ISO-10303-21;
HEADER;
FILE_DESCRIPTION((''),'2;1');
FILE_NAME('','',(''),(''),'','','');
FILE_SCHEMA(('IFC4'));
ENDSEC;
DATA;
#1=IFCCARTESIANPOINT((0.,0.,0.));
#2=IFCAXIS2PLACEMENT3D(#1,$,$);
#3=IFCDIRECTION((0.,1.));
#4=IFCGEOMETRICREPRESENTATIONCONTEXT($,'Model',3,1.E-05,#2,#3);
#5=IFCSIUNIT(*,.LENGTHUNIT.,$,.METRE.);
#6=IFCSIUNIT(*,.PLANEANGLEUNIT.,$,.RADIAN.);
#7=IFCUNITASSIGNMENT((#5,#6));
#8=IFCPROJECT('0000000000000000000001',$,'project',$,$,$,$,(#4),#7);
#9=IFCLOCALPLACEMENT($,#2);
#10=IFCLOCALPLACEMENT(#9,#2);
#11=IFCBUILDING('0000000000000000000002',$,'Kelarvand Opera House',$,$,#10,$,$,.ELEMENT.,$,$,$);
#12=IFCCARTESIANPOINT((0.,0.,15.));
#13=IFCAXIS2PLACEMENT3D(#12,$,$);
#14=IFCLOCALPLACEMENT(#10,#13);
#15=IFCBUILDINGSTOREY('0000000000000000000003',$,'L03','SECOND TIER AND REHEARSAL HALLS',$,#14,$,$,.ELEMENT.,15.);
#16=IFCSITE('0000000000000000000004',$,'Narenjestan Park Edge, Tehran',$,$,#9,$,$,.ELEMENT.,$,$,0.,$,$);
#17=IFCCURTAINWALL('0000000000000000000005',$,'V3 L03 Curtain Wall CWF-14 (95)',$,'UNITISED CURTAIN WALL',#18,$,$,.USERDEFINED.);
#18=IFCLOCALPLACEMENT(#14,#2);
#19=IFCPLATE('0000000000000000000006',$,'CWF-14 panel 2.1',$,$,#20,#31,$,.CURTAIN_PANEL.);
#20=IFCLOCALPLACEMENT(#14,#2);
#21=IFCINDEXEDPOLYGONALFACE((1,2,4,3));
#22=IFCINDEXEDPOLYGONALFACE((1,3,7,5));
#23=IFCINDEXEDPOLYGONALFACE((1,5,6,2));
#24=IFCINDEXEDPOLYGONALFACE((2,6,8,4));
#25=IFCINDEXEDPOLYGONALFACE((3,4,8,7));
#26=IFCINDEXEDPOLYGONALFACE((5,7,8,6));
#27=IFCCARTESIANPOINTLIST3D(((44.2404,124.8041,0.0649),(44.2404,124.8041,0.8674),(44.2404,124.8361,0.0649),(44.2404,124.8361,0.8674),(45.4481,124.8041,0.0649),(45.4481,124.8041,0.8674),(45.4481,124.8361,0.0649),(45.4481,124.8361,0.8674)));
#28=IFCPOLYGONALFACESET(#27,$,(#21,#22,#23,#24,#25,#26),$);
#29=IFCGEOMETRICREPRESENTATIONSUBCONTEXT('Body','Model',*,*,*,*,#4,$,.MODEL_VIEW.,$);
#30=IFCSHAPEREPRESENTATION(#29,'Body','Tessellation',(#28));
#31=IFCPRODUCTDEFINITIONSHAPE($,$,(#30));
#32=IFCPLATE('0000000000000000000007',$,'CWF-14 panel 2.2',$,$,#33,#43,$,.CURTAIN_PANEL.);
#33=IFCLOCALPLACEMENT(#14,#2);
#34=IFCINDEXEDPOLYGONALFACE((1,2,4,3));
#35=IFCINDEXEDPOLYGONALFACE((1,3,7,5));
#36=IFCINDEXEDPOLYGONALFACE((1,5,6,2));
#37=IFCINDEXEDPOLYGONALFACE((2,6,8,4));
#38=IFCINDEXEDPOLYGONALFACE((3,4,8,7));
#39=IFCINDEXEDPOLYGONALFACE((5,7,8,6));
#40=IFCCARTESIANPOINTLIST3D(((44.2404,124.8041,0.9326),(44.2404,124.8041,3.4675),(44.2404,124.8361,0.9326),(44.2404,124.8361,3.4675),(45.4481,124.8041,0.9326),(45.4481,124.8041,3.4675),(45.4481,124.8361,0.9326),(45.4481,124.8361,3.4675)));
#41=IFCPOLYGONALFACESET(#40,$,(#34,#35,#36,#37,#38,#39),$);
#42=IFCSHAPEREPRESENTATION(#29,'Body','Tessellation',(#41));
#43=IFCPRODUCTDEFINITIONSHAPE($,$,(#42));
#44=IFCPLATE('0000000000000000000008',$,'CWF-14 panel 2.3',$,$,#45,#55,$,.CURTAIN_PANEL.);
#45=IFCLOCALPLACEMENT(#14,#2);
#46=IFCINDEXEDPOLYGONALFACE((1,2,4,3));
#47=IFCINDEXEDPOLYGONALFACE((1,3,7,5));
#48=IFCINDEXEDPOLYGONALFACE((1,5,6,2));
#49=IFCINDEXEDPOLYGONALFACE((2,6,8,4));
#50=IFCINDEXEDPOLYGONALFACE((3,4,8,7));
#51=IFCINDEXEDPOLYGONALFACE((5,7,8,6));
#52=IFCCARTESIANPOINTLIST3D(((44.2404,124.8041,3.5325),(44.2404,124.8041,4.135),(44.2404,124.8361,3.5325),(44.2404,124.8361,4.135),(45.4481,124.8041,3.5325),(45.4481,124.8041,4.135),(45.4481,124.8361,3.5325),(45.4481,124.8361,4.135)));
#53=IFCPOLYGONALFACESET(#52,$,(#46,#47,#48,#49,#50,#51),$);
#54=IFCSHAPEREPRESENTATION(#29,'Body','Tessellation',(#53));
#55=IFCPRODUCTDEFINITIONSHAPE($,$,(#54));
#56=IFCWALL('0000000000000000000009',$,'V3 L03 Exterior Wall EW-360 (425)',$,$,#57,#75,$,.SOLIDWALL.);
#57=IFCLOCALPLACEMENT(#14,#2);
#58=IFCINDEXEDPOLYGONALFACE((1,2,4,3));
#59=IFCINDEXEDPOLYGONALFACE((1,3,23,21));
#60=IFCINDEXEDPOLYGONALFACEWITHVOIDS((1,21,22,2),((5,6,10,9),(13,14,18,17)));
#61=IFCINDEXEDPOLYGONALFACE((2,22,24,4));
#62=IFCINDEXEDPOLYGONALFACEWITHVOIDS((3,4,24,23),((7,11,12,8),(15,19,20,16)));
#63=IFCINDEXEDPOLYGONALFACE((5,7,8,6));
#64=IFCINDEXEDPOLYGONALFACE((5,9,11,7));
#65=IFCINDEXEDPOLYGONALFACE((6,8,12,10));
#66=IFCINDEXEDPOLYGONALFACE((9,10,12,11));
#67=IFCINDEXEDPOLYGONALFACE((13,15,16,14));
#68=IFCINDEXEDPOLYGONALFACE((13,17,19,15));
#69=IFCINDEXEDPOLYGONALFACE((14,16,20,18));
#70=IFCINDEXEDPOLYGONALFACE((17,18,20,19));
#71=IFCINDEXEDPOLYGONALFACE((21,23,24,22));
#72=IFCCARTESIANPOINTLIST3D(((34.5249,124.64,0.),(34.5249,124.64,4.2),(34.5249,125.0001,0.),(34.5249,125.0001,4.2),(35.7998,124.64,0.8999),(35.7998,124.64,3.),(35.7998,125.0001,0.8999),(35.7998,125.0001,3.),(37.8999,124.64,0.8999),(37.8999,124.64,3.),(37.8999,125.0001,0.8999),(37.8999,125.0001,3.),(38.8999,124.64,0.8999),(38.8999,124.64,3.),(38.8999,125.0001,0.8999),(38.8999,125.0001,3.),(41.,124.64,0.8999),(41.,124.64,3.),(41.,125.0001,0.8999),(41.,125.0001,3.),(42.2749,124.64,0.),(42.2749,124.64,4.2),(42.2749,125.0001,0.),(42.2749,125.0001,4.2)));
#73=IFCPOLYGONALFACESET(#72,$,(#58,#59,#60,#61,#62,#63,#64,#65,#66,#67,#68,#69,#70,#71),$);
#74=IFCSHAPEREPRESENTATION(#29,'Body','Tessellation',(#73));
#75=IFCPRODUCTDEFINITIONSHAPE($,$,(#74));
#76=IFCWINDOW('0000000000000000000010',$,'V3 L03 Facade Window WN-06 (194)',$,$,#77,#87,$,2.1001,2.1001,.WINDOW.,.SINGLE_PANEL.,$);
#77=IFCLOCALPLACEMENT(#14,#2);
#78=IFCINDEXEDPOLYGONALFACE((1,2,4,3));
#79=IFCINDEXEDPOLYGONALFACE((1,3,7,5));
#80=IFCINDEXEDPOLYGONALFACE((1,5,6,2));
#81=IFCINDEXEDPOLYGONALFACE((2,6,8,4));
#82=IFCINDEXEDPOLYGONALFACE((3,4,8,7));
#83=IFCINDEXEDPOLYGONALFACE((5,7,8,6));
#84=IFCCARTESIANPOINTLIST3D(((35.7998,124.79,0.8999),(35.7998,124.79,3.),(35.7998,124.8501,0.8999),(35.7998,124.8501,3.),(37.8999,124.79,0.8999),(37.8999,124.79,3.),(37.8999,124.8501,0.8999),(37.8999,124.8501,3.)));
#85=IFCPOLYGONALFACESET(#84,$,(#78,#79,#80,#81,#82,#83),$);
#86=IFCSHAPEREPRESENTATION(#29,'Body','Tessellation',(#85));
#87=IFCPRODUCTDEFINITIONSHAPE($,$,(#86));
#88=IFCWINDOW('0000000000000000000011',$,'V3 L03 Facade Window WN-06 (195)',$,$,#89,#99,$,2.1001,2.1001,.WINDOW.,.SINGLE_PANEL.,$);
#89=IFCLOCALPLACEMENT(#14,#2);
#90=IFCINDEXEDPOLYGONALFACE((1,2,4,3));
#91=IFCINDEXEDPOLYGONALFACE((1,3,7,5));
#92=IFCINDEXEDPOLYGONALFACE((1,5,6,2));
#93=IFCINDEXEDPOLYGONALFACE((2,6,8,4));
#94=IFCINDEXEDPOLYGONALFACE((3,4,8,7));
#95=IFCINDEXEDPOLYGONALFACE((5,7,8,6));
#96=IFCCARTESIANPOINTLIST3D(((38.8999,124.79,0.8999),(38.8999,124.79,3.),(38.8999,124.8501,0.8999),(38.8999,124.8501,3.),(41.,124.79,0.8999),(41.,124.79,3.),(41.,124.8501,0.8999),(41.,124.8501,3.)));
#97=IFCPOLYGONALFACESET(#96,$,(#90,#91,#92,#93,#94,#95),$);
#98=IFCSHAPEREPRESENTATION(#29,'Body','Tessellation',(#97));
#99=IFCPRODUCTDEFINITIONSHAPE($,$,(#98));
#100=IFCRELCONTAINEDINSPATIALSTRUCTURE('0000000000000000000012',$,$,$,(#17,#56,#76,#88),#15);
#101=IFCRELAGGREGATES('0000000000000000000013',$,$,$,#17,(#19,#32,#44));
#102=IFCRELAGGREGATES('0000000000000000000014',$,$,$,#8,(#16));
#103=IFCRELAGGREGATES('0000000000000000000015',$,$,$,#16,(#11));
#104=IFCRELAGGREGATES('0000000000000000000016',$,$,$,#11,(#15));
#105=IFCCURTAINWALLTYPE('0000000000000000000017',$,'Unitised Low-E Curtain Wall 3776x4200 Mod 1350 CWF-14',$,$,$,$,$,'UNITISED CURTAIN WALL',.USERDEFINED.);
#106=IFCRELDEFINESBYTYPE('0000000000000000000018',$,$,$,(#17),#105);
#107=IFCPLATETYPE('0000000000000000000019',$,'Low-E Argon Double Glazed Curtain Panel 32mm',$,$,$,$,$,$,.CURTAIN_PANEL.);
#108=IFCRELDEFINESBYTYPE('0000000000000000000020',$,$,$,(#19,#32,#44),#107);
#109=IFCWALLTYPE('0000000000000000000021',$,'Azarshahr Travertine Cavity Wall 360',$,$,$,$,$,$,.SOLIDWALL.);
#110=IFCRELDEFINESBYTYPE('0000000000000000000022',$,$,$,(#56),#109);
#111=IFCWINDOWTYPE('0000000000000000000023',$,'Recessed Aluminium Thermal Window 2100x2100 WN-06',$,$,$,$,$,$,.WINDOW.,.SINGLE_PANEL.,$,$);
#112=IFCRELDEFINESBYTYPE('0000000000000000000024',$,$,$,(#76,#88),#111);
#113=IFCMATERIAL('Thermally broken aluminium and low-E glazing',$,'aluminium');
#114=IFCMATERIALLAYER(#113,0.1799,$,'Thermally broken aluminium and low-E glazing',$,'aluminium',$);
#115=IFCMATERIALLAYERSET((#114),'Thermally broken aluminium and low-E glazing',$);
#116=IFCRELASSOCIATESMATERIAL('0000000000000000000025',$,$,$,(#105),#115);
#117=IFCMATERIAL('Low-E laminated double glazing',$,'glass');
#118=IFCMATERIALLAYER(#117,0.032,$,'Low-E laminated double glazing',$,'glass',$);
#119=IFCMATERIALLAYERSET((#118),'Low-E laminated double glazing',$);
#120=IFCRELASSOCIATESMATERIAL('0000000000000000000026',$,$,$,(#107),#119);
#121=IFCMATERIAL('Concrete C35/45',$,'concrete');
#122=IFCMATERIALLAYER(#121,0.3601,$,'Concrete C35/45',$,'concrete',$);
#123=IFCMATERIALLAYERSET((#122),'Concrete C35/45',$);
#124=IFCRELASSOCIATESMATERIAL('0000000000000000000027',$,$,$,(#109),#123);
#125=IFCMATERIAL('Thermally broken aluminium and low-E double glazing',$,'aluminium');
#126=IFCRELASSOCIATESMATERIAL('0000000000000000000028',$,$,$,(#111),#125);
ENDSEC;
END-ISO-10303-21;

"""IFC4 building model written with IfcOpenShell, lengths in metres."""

from ifc_helpers import new_model, si_unit, direction, frame, frame_2d, origin, origin_2d, place, context, subcontext, project, spatial, rectangle, extrude, material, layer, layer_set, type_object, element, fill, aggregate, save


model = new_model("IFC4")

# Units and contexts
model_context = context("Model", 3, precision=1e-05, world=origin(), true_north=direction((0.0, 1.0)))
body_context = subcontext(model_context, "Body", "Model", "MODEL_VIEW")
ifc_project = project(units=[si_unit("LENGTHUNIT", "METRE"), si_unit("PLANEANGLEUNIT", "RADIAN")], contexts=[model_context])

# Site, building, storey
site_placement = place(None, origin())
site = spatial("IfcSite", under=ifc_project, at=site_placement, Name="Narenjestan Park Edge, Tehran", CompositionType="ELEMENT", RefElevation=0.0)
building_placement = place(site_placement, origin())
building = spatial("IfcBuilding", under=site, at=building_placement, Name="Kelarvand Opera House", CompositionType="ELEMENT")
storey_placement = place(building_placement, frame((0.0, 0.0, 15.0)))
storey = spatial("IfcBuildingStorey", under=building, at=storey_placement, Name="L03", Description="SECOND TIER AND REHEARSAL HALLS", CompositionType="ELEMENT", Elevation=15.0)

# Curtain wall
ifc_material_1 = material(Name="Thermally broken aluminium and low-E glazing", Category="aluminium")
ifc_layer_1 = layer(ifc_material_1, 0.1799, Name="Thermally broken aluminium and low-E glazing", Category="aluminium")
ifc_layer_set_1 = layer_set([ifc_layer_1], Name="Thermally broken aluminium and low-E glazing")
curtain_wall_type_1 = type_object("IfcCurtainWallType", Name="Unitised Low-E Curtain Wall 3776x4200 Mod 1350 CWF-14", ElementType="UNITISED CURTAIN WALL", PredefinedType="USERDEFINED", material=ifc_layer_set_1)
curtain_wall_1_placement = place(storey_placement, origin())
curtain_wall_1 = element("IfcCurtainWall", 1, at=curtain_wall_1_placement, inside=storey, type_object=curtain_wall_type_1, Name="V3 L03 Curtain Wall CWF-14 (95)", ObjectType="UNITISED CURTAIN WALL", PredefinedType="USERDEFINED")

# Plates
ifc_material_2 = material(Name="Low-E laminated double glazing", Category="glass")
ifc_layer_2 = layer(ifc_material_2, 0.032, Name="Low-E laminated double glazing", Category="glass")
ifc_layer_set_2 = layer_set([ifc_layer_2], Name="Low-E laminated double glazing")
plate_type = type_object("IfcPlateType", Name="Low-E Argon Double Glazed Curtain Panel 32mm", PredefinedType="CURTAIN_PANEL", material=ifc_layer_set_2)
plate_1_placement = place(storey_placement, frame((44.8442, 124.8201, 0.0649), z_axis=(0.0, 0.0, 1.0), x_axis=(1.0, 0.0, 0.0)))
plate_1 = element("IfcPlate", 2, at=plate_1_placement, type_object=plate_type, Name="CWF-14 panel 2.1", PredefinedType="CURTAIN_PANEL", context=body_context, shape_type="SweptSolid", body=[
    extrude(rectangle(XDim=1.2078, YDim=0.032, at=origin_2d()), origin(), (0.0, 0.0, 1.0), 0.8025),
])
plate_2_placement = place(storey_placement, frame((44.8442, 124.8201, 0.9326), z_axis=(0.0, 0.0, 1.0), x_axis=(1.0, 0.0, 0.0)))
plate_2 = element("IfcPlate", 3, at=plate_2_placement, type_object=plate_type, Name="CWF-14 panel 2.2", PredefinedType="CURTAIN_PANEL", context=body_context, shape_type="SweptSolid", body=[
    extrude(rectangle(XDim=1.2078, YDim=0.032, at=origin_2d()), origin(), (0.0, 0.0, 1.0), 2.5349),
])
plate_3_placement = place(storey_placement, frame((44.8442, 124.8201, 3.5325), z_axis=(0.0, 0.0, 1.0), x_axis=(1.0, 0.0, 0.0)))
plate_3 = element("IfcPlate", 4, at=plate_3_placement, type_object=plate_type, Name="CWF-14 panel 2.3", PredefinedType="CURTAIN_PANEL", context=body_context, shape_type="SweptSolid", body=[
    extrude(rectangle(XDim=1.2078, YDim=0.032, at=origin_2d()), origin(), (0.0, 0.0, 1.0), 0.6025),
])
aggregate(curtain_wall_1, [plate_1, plate_2, plate_3])

# Wall, openings, windows
ifc_material_3 = material(Name="Concrete C35/45", Category="concrete")
ifc_layer_3 = layer(ifc_material_3, 0.3601, Name="Concrete C35/45", Category="concrete")
ifc_layer_set_3 = layer_set([ifc_layer_3], Name="Concrete C35/45")
wall_type = type_object("IfcWallType", Name="Azarshahr Travertine Cavity Wall 360", PredefinedType="SOLIDWALL", material=ifc_layer_set_3)
wall_placement = place(storey_placement, frame((34.5249, 124.8201, 0.0), z_axis=(0.0, 0.0, 1.0), x_axis=(1.0, 0.0, 0.0)))
wall = element("IfcWall", 5, at=wall_placement, inside=storey, type_object=wall_type, Name="V3 L03 Exterior Wall EW-360 (425)", PredefinedType="SOLIDWALL", context=body_context, shape_type="SweptSolid", body=[
    extrude(rectangle(XDim=7.75, YDim=0.3601, at=frame_2d((3.875, 0.0))), origin(), (0.0, 0.0, 1.0), 4.2),
])
opening_1_placement = place(wall_placement, frame((1.2749, 0.0, 0.8999)))
opening_1 = element("IfcOpeningElement", 6, at=opening_1_placement, cuts=wall, PredefinedType="OPENING", context=body_context, shape_type="SweptSolid", body=[
    extrude(rectangle(XDim=2.1001, YDim=2.1001, at=frame_2d((1.05, 1.05))), frame((0.0, 0.1899, 0.0), z_axis=(0.0, -1.0, 0.0), x_axis=(1.0, 0.0, 0.0)), (0.0, 0.0, 1.0), 0.3801),
])
opening_2_placement = place(wall_placement, frame((4.375, 0.0, 0.8999)))
opening_2 = element("IfcOpeningElement", 7, at=opening_2_placement, cuts=wall, PredefinedType="OPENING", context=body_context, shape_type="SweptSolid", body=[
    extrude(rectangle(XDim=2.1001, YDim=2.1001, at=frame_2d((1.05, 1.05))), frame((0.0, 0.1899, 0.0), z_axis=(0.0, -1.0, 0.0), x_axis=(1.0, 0.0, 0.0)), (0.0, 0.0, 1.0), 0.3801),
])
ifc_material_4 = material(Name="Thermally broken aluminium and low-E double glazing", Category="aluminium")
window_type = type_object("IfcWindowType", Name="Recessed Aluminium Thermal Window 2100x2100 WN-06", PartitioningType="SINGLE_PANEL", PredefinedType="WINDOW", material=ifc_material_4)
window_1_placement = place(opening_1_placement, origin())
window_1 = element("IfcWindow", 8, at=window_1_placement, inside=storey, type_object=window_type, Name="V3 L03 Facade Window WN-06 (194)", OverallHeight=2.1001, OverallWidth=2.1001, PartitioningType="SINGLE_PANEL", PredefinedType="WINDOW", context=body_context, shape_type="SweptSolid", body=[
    extrude(rectangle(XDim=2.1001, YDim=2.1001, at=frame_2d((1.05, 1.05))), frame((0.0, 0.03, 0.0), z_axis=(0.0, -1.0, 0.0), x_axis=(1.0, 0.0, 0.0)), (0.0, 0.0, 1.0), 0.0601),
])
fill(opening_1, window_1)
window_2_placement = place(opening_2_placement, origin())
window_2 = element("IfcWindow", 9, at=window_2_placement, inside=storey, type_object=window_type, Name="V3 L03 Facade Window WN-06 (195)", OverallHeight=2.1001, OverallWidth=2.1001, PartitioningType="SINGLE_PANEL", PredefinedType="WINDOW", context=body_context, shape_type="SweptSolid", body=[
    extrude(rectangle(XDim=2.1001, YDim=2.1001, at=frame_2d((1.05, 1.05))), frame((0.0, 0.03, 0.0), z_axis=(0.0, -1.0, 0.0), x_axis=(1.0, 0.0, 0.0)), (0.0, 0.0, 1.0), 0.0601),
])
fill(opening_2, window_2)

save(model, "model.ifc")
